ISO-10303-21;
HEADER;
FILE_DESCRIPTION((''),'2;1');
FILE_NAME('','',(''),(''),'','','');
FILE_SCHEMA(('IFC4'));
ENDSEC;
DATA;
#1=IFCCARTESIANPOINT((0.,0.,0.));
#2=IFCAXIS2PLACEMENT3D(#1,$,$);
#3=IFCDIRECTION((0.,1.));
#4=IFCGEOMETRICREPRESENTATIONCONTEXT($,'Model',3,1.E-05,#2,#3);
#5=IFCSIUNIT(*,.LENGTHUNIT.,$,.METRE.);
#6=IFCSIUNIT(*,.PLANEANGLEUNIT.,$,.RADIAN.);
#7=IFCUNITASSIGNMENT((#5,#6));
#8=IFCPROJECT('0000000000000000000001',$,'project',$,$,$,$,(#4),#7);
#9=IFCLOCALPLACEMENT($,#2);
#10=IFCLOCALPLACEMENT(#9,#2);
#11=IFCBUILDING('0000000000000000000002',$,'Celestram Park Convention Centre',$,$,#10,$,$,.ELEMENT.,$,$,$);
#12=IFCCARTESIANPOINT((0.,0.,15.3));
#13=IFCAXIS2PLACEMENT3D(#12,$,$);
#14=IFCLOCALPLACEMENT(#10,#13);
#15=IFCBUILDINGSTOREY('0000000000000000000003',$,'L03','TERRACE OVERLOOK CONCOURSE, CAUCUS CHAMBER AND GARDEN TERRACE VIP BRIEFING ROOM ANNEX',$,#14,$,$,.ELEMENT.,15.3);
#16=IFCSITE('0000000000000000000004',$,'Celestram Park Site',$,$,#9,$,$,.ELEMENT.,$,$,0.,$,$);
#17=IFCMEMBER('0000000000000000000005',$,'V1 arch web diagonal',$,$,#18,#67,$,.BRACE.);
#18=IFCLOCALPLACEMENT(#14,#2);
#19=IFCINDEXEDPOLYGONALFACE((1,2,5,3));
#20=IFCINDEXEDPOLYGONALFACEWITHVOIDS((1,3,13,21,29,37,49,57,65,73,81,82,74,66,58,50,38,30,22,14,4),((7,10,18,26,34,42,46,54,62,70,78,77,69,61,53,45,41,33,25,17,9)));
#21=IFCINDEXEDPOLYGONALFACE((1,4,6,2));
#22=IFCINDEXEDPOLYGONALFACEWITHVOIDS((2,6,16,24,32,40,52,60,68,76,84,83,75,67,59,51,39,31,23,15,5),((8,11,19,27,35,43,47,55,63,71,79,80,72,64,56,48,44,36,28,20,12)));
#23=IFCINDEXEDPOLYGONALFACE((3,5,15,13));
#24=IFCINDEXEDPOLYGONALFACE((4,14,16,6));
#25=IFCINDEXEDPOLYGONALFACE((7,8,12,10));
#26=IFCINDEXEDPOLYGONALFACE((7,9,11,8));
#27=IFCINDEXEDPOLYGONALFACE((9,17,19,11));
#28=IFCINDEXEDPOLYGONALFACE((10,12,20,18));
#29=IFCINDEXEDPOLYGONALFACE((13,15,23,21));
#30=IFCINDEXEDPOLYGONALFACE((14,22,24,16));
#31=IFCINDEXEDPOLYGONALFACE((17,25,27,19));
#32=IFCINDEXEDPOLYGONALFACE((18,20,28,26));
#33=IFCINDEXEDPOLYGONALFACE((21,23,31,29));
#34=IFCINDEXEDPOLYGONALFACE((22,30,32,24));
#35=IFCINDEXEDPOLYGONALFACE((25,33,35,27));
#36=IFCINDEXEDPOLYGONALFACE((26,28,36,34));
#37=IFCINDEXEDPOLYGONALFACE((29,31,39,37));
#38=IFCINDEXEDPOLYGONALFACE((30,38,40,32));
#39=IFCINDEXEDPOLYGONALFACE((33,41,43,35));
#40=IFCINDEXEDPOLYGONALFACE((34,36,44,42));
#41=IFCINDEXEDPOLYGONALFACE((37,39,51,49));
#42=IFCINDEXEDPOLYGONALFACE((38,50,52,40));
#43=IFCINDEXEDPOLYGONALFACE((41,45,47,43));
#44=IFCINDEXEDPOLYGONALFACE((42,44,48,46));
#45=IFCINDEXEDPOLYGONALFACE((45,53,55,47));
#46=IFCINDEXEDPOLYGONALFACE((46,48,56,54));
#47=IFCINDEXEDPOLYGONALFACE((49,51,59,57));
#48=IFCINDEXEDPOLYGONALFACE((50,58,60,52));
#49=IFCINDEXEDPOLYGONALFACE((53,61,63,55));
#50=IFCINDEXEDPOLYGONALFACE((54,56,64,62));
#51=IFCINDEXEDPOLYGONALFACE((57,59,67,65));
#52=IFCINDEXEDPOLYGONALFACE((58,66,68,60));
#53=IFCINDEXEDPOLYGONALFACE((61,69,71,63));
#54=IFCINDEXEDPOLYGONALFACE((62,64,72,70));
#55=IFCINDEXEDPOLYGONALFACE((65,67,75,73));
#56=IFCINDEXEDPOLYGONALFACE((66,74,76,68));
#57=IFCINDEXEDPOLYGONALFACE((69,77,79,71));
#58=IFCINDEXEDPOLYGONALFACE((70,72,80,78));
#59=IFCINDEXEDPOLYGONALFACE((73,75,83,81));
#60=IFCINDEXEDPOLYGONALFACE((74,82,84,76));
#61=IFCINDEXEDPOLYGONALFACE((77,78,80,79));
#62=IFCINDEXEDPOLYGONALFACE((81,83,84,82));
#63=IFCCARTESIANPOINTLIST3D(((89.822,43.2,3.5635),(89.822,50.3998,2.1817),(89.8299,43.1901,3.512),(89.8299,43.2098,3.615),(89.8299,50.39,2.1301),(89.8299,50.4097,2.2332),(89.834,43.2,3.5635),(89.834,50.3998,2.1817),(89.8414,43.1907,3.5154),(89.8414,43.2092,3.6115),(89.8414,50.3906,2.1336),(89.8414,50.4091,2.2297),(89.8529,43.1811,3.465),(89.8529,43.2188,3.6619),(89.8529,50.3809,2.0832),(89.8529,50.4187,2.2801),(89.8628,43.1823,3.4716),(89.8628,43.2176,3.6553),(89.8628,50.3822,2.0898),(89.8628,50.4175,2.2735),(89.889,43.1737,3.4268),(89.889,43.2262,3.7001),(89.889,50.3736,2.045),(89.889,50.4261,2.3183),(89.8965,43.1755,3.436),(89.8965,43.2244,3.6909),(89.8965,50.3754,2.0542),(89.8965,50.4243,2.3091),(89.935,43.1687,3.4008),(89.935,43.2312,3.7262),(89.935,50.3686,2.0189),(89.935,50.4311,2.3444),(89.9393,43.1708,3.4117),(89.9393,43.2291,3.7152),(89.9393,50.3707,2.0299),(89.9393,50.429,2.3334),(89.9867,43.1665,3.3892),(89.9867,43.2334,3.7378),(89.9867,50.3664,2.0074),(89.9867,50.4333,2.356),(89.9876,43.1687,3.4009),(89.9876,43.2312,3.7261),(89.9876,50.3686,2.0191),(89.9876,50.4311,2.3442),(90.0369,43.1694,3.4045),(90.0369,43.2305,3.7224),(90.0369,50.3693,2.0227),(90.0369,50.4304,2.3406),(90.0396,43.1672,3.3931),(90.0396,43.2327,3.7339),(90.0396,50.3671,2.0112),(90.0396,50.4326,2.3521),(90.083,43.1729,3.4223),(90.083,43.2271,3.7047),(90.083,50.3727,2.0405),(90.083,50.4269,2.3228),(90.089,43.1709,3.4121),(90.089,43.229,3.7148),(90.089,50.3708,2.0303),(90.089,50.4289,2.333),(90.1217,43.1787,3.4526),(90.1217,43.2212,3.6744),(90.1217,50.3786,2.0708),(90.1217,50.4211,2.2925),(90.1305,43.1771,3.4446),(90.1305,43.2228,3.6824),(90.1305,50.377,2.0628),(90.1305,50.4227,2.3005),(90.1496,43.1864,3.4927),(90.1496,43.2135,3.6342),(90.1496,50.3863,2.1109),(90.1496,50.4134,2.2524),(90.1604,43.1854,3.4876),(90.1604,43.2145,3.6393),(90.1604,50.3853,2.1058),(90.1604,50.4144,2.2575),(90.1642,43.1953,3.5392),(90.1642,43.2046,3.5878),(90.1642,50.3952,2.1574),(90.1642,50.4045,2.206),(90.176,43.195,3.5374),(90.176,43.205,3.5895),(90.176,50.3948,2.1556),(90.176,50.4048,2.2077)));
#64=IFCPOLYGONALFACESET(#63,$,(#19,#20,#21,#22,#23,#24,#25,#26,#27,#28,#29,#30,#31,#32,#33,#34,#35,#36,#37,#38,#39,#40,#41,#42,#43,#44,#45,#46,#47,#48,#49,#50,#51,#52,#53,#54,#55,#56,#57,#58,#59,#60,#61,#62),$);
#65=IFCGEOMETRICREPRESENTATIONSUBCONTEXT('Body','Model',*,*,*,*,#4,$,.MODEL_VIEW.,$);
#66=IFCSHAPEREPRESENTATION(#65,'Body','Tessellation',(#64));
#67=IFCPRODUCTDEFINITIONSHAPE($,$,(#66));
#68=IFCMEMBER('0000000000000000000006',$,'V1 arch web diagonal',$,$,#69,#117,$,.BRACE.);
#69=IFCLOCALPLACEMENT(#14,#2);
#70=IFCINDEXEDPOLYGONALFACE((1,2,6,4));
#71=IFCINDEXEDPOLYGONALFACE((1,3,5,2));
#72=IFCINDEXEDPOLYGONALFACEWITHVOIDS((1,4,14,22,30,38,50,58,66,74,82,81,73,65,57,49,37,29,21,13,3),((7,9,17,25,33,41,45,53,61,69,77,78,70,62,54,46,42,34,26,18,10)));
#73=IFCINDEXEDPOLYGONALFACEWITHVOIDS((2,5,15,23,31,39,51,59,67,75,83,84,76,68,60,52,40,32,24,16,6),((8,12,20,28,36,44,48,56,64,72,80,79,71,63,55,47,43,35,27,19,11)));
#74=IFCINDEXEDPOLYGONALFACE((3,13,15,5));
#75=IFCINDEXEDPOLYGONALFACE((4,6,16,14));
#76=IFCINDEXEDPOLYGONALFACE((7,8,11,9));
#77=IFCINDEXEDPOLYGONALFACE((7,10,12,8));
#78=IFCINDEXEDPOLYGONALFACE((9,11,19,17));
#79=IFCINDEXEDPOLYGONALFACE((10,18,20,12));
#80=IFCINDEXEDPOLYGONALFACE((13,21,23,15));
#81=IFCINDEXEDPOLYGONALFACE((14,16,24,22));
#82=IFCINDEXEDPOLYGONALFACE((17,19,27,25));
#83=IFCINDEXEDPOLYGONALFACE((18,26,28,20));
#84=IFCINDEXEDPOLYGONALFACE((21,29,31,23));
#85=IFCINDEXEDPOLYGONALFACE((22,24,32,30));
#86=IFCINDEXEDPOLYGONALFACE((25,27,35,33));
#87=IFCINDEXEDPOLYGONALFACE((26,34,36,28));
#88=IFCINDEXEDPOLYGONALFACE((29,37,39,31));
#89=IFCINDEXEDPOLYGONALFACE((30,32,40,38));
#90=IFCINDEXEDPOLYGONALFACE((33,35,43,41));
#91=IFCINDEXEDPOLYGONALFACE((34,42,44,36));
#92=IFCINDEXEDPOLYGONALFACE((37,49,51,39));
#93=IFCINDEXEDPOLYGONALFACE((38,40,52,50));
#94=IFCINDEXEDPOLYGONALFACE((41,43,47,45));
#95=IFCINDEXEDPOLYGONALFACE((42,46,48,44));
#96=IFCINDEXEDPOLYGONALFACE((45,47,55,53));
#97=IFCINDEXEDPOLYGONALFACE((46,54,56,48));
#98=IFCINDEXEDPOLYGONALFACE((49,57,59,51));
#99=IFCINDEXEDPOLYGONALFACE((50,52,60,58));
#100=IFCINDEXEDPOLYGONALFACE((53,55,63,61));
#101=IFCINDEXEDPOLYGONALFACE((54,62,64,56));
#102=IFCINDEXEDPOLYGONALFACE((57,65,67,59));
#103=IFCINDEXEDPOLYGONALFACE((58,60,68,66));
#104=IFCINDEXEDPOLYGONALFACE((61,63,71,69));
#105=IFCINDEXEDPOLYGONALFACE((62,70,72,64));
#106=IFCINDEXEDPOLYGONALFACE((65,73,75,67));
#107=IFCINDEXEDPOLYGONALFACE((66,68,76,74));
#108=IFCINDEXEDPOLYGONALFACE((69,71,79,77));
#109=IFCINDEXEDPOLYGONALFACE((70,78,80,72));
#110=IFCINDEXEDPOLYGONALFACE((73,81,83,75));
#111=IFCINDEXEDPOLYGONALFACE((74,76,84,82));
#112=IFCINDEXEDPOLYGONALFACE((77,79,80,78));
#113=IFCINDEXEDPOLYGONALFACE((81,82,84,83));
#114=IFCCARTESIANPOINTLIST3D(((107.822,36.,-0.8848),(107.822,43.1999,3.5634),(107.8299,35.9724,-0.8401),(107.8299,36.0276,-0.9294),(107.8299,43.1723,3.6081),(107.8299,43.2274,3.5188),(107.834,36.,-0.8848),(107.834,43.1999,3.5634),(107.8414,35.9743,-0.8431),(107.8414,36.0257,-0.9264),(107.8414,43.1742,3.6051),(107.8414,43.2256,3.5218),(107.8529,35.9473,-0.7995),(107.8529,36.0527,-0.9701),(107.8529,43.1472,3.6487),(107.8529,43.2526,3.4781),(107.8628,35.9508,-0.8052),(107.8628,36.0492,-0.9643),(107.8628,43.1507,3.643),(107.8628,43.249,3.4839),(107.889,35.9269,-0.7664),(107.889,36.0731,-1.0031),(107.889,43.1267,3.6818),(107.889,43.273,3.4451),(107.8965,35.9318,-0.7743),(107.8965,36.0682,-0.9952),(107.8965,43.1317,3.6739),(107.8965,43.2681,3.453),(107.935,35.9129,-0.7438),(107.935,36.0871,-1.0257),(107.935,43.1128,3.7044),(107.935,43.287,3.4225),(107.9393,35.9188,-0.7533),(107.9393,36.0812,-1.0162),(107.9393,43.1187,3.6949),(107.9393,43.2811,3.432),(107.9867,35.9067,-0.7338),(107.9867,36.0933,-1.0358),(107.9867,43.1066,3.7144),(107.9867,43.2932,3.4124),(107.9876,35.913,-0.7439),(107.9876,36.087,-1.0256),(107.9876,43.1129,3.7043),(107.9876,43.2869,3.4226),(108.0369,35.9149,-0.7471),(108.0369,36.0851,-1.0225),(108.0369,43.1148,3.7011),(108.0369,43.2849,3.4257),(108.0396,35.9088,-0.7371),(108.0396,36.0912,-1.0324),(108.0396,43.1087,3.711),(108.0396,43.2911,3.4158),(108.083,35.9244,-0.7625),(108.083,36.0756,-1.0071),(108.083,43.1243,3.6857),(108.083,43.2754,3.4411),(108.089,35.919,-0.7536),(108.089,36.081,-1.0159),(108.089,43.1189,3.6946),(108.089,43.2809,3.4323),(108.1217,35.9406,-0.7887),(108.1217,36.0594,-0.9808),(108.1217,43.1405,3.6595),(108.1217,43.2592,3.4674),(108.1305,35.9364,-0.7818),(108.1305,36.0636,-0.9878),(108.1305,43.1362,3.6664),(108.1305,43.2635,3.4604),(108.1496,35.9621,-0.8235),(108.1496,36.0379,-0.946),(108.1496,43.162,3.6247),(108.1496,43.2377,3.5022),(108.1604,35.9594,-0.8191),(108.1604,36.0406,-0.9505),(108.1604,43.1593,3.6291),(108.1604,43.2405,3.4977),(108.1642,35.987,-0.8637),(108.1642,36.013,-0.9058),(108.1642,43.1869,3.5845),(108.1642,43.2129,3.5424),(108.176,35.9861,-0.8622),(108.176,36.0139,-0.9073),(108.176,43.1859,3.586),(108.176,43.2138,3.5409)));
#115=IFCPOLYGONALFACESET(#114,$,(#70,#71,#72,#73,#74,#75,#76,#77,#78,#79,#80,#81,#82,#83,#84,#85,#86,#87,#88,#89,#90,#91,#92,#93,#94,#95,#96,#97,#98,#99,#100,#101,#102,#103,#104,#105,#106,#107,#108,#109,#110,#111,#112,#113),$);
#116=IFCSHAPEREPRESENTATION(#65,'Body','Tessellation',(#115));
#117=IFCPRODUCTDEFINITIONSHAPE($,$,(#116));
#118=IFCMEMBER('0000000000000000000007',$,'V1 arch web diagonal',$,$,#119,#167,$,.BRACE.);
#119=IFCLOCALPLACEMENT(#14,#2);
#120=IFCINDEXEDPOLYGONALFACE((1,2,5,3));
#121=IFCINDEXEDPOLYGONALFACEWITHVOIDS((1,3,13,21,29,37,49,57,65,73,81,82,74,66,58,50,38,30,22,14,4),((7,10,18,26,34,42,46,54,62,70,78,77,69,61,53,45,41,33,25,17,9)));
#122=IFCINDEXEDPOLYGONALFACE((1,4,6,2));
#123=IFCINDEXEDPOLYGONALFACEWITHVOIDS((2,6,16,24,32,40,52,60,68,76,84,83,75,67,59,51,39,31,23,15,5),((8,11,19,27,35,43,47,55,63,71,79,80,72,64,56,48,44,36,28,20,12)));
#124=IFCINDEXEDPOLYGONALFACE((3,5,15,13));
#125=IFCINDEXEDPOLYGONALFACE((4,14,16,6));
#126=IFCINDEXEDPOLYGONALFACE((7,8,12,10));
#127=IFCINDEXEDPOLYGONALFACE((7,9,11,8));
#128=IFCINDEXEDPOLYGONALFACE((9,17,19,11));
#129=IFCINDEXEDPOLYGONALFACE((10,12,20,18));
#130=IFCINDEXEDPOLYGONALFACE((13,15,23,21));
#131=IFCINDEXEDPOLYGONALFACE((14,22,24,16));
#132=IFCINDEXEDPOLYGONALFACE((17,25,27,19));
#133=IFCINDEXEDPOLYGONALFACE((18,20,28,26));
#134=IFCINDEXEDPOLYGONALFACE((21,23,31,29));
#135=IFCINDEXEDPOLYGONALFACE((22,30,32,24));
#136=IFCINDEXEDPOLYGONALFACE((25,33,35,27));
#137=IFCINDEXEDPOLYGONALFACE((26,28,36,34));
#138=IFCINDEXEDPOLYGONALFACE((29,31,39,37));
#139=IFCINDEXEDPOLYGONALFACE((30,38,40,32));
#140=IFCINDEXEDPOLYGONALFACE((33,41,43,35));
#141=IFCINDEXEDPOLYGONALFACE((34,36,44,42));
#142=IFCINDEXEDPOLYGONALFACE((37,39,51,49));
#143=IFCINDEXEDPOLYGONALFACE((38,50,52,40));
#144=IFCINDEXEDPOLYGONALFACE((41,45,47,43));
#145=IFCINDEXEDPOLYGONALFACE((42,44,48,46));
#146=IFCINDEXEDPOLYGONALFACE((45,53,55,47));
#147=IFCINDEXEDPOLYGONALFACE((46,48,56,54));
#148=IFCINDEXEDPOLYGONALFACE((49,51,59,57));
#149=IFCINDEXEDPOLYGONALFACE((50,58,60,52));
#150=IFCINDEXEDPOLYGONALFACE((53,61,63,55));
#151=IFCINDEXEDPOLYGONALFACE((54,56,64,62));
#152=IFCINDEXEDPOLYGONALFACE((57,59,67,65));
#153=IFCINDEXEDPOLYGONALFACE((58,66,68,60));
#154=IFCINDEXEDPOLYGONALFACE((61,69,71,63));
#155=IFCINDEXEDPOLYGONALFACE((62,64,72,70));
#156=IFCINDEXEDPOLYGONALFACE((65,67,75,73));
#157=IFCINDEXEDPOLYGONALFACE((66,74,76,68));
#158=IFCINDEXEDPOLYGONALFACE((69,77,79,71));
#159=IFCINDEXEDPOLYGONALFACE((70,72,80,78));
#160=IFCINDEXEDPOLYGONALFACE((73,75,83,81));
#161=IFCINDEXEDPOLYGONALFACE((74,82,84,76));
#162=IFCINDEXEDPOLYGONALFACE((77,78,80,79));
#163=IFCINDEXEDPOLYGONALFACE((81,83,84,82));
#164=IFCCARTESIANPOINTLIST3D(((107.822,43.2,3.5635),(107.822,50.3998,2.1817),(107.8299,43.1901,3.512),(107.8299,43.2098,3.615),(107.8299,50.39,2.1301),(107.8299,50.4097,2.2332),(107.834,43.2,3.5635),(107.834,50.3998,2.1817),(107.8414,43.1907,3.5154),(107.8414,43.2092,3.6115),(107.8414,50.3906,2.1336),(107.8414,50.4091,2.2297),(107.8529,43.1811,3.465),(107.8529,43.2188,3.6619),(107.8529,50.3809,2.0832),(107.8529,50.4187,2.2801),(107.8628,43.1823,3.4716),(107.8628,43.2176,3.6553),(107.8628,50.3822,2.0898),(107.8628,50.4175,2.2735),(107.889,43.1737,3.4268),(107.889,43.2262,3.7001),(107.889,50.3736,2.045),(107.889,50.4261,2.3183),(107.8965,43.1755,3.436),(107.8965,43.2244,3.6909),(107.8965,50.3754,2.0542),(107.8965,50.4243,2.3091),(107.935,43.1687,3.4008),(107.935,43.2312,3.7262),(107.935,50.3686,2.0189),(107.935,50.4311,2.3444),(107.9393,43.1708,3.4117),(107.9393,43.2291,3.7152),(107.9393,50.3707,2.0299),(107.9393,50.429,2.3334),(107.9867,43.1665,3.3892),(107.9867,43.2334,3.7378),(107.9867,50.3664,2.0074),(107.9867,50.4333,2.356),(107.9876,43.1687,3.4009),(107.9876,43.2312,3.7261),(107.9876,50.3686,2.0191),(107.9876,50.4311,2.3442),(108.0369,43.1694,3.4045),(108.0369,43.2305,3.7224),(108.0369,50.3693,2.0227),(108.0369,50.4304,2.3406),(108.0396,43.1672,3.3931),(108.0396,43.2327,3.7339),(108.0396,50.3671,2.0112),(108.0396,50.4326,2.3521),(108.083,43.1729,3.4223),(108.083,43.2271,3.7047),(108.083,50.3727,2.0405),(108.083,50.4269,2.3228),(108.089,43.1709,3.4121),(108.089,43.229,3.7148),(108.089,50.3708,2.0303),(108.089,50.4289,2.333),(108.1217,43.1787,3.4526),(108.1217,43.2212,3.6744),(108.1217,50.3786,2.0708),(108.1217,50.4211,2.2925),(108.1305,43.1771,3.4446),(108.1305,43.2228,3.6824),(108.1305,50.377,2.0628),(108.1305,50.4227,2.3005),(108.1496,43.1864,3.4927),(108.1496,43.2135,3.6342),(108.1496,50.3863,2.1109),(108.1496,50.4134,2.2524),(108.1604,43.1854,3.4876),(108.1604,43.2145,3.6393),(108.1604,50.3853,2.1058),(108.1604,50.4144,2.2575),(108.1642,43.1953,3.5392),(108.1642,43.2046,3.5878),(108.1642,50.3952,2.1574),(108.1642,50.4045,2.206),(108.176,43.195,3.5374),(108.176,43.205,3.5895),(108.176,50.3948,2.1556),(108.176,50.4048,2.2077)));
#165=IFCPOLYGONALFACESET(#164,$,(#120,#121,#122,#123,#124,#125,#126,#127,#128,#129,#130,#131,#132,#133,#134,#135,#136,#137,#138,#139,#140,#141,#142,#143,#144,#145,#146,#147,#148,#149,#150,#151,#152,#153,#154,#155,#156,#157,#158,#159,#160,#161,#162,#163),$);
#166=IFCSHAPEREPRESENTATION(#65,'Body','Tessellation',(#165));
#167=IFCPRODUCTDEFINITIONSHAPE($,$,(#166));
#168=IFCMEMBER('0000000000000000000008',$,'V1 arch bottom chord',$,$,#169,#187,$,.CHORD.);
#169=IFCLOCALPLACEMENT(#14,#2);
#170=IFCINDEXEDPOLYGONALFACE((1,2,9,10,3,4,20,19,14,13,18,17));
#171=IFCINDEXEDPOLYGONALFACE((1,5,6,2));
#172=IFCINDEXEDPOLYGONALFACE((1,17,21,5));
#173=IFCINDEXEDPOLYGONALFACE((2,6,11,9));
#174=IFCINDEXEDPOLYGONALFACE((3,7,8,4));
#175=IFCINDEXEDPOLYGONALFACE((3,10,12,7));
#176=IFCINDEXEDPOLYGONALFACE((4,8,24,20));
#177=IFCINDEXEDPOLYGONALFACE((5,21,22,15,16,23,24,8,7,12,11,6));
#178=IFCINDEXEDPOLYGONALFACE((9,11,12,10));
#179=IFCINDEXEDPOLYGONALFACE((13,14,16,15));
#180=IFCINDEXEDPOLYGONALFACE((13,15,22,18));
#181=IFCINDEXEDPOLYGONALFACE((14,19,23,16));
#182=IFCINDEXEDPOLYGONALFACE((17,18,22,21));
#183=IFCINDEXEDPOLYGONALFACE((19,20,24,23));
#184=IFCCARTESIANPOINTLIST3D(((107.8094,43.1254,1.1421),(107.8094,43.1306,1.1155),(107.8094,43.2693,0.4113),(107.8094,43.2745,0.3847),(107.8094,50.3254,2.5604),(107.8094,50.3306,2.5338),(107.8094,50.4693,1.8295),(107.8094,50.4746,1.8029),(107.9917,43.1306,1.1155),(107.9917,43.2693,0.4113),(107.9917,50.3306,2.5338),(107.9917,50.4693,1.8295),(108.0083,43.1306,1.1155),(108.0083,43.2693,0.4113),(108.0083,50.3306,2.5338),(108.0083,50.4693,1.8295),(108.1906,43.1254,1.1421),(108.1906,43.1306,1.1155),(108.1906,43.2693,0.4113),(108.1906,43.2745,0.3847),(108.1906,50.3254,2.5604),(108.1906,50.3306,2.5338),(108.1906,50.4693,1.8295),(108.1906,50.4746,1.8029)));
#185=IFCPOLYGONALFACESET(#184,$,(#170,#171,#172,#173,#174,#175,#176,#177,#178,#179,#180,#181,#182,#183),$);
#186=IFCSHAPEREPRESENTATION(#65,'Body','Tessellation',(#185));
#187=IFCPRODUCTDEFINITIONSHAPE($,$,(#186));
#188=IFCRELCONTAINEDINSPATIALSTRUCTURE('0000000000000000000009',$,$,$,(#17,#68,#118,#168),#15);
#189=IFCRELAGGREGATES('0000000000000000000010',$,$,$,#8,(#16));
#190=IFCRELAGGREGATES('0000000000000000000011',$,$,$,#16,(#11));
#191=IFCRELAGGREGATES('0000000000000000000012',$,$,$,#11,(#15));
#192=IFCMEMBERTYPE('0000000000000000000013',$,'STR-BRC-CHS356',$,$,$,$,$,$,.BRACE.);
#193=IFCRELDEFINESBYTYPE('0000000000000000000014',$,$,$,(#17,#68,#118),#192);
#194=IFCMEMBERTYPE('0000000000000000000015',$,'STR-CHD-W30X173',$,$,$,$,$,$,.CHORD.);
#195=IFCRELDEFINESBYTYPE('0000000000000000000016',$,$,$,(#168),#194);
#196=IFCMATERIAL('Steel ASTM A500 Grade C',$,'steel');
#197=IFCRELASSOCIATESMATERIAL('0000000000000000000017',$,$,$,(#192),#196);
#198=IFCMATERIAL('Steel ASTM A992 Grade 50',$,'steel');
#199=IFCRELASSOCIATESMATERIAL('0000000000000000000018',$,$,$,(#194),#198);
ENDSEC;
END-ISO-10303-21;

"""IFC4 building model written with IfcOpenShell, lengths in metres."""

from ifc_helpers import new_model, si_unit, direction, frame, origin, origin_2d, place, context, subcontext, project, spatial, hollow_circle, i_section, extrude, material, material_profile, profile_set, type_object, element, save


model = new_model("IFC4")

# Units and contexts
model_context = context("Model", 3, precision=1e-05, world=origin(), true_north=direction((0.0, 1.0)))
body_context = subcontext(model_context, "Body", "Model", "MODEL_VIEW")
ifc_project = project(units=[si_unit("LENGTHUNIT", "METRE"), si_unit("PLANEANGLEUNIT", "RADIAN")], contexts=[model_context])

# Site, building, storey
site_placement = place(None, origin())
site = spatial("IfcSite", under=ifc_project, at=site_placement, Name="Celestram Park Site", CompositionType="ELEMENT", RefElevation=0.0)
building_placement = place(site_placement, origin())
building = spatial("IfcBuilding", under=site, at=building_placement, Name="Celestram Park Convention Centre", CompositionType="ELEMENT")
storey_placement = place(building_placement, frame((0.0, 0.0, 15.3)))
storey = spatial("IfcBuildingStorey", under=building, at=storey_placement, Name="L03", Description="TERRACE OVERLOOK CONCOURSE, CAUCUS CHAMBER AND GARDEN TERRACE VIP BRIEFING ROOM ANNEX", CompositionType="ELEMENT", Elevation=15.3)

# Members
ifc_material_1 = material(Name="Steel ASTM A500 Grade C", Category="steel")
ifc_material_profile_1 = material_profile(ifc_material_1, hollow_circle(Radius=0.178, WallThickness=0.012, at=origin_2d()), Name="CHS356X12")
ifc_profile_set_1 = profile_set([ifc_material_profile_1], Name="Steel ASTM A500 Grade C")
member_type_1 = type_object("IfcMemberType", Name="STR-BRC-CHS356", PredefinedType="BRACE", material=ifc_profile_set_1)
member_1_placement = place(storey_placement, frame((90.0, 43.2, 3.5635), z_axis=(0.0, 0.982076, -0.188483), x_axis=(-1.0, 0.0, 0.0)))
element("IfcMember", 1, at=member_1_placement, inside=storey, type_object=member_type_1, Name="V1 arch web diagonal", PredefinedType="BRACE", context=body_context, shape_type="SweptSolid", body=[
    extrude(hollow_circle(Radius=0.178, WallThickness=0.012, at=origin_2d()), origin(), (0.0, 0.0, 1.0), 7.3313),
])
member_2_placement = place(storey_placement, frame((108.0, 36.0, -0.8848), z_axis=(0.0, 0.850734, 0.525597), x_axis=(-1.0, 0.0, 0.0)))
element("IfcMember", 2, at=member_2_placement, inside=storey, type_object=member_type_1, Name="V1 arch web diagonal", PredefinedType="BRACE", context=body_context, shape_type="SweptSolid", body=[
    extrude(hollow_circle(Radius=0.178, WallThickness=0.012, at=origin_2d()), origin(), (0.0, 0.0, 1.0), 8.4631),
])
member_3_placement = place(storey_placement, frame((108.0, 43.2, 3.5635), z_axis=(0.0, 0.982076, -0.188483), x_axis=(-1.0, 0.0, 0.0)))
element("IfcMember", 3, at=member_3_placement, inside=storey, type_object=member_type_1, Name="V1 arch web diagonal", PredefinedType="BRACE", context=body_context, shape_type="SweptSolid", body=[
    extrude(hollow_circle(Radius=0.178, WallThickness=0.012, at=origin_2d()), origin(), (0.0, 0.0, 1.0), 7.3313),
])
ifc_material_2 = material(Name="Steel ASTM A992 Grade 50", Category="steel")
ifc_material_profile_2 = material_profile(ifc_material_2, i_section(OverallWidth=0.3811, OverallDepth=0.772, WebThickness=0.0166, FlangeThickness=0.0271, at=origin_2d()), Name="W30X173")
ifc_profile_set_2 = profile_set([ifc_material_profile_2], Name="Steel ASTM A992 Grade 50")
member_type_2 = type_object("IfcMemberType", Name="STR-CHD-W30X173", PredefinedType="CHORD", material=ifc_profile_set_2)
member_4_placement = place(storey_placement, frame((108.0, 43.2, 0.7634), z_axis=(0.0, 0.981147, 0.193262), x_axis=(-1.0, 0.0, 0.0)))
element("IfcMember", 4, at=member_4_placement, inside=storey, type_object=member_type_2, Name="V1 arch bottom chord", PredefinedType="CHORD", context=body_context, shape_type="SweptSolid", body=[
    extrude(i_section(OverallWidth=0.3811, OverallDepth=0.772, WebThickness=0.0166, FlangeThickness=0.0271, at=origin_2d()), origin(), (0.0, 0.0, 1.0), 7.3384),
])

save(model, "model.ifc")
